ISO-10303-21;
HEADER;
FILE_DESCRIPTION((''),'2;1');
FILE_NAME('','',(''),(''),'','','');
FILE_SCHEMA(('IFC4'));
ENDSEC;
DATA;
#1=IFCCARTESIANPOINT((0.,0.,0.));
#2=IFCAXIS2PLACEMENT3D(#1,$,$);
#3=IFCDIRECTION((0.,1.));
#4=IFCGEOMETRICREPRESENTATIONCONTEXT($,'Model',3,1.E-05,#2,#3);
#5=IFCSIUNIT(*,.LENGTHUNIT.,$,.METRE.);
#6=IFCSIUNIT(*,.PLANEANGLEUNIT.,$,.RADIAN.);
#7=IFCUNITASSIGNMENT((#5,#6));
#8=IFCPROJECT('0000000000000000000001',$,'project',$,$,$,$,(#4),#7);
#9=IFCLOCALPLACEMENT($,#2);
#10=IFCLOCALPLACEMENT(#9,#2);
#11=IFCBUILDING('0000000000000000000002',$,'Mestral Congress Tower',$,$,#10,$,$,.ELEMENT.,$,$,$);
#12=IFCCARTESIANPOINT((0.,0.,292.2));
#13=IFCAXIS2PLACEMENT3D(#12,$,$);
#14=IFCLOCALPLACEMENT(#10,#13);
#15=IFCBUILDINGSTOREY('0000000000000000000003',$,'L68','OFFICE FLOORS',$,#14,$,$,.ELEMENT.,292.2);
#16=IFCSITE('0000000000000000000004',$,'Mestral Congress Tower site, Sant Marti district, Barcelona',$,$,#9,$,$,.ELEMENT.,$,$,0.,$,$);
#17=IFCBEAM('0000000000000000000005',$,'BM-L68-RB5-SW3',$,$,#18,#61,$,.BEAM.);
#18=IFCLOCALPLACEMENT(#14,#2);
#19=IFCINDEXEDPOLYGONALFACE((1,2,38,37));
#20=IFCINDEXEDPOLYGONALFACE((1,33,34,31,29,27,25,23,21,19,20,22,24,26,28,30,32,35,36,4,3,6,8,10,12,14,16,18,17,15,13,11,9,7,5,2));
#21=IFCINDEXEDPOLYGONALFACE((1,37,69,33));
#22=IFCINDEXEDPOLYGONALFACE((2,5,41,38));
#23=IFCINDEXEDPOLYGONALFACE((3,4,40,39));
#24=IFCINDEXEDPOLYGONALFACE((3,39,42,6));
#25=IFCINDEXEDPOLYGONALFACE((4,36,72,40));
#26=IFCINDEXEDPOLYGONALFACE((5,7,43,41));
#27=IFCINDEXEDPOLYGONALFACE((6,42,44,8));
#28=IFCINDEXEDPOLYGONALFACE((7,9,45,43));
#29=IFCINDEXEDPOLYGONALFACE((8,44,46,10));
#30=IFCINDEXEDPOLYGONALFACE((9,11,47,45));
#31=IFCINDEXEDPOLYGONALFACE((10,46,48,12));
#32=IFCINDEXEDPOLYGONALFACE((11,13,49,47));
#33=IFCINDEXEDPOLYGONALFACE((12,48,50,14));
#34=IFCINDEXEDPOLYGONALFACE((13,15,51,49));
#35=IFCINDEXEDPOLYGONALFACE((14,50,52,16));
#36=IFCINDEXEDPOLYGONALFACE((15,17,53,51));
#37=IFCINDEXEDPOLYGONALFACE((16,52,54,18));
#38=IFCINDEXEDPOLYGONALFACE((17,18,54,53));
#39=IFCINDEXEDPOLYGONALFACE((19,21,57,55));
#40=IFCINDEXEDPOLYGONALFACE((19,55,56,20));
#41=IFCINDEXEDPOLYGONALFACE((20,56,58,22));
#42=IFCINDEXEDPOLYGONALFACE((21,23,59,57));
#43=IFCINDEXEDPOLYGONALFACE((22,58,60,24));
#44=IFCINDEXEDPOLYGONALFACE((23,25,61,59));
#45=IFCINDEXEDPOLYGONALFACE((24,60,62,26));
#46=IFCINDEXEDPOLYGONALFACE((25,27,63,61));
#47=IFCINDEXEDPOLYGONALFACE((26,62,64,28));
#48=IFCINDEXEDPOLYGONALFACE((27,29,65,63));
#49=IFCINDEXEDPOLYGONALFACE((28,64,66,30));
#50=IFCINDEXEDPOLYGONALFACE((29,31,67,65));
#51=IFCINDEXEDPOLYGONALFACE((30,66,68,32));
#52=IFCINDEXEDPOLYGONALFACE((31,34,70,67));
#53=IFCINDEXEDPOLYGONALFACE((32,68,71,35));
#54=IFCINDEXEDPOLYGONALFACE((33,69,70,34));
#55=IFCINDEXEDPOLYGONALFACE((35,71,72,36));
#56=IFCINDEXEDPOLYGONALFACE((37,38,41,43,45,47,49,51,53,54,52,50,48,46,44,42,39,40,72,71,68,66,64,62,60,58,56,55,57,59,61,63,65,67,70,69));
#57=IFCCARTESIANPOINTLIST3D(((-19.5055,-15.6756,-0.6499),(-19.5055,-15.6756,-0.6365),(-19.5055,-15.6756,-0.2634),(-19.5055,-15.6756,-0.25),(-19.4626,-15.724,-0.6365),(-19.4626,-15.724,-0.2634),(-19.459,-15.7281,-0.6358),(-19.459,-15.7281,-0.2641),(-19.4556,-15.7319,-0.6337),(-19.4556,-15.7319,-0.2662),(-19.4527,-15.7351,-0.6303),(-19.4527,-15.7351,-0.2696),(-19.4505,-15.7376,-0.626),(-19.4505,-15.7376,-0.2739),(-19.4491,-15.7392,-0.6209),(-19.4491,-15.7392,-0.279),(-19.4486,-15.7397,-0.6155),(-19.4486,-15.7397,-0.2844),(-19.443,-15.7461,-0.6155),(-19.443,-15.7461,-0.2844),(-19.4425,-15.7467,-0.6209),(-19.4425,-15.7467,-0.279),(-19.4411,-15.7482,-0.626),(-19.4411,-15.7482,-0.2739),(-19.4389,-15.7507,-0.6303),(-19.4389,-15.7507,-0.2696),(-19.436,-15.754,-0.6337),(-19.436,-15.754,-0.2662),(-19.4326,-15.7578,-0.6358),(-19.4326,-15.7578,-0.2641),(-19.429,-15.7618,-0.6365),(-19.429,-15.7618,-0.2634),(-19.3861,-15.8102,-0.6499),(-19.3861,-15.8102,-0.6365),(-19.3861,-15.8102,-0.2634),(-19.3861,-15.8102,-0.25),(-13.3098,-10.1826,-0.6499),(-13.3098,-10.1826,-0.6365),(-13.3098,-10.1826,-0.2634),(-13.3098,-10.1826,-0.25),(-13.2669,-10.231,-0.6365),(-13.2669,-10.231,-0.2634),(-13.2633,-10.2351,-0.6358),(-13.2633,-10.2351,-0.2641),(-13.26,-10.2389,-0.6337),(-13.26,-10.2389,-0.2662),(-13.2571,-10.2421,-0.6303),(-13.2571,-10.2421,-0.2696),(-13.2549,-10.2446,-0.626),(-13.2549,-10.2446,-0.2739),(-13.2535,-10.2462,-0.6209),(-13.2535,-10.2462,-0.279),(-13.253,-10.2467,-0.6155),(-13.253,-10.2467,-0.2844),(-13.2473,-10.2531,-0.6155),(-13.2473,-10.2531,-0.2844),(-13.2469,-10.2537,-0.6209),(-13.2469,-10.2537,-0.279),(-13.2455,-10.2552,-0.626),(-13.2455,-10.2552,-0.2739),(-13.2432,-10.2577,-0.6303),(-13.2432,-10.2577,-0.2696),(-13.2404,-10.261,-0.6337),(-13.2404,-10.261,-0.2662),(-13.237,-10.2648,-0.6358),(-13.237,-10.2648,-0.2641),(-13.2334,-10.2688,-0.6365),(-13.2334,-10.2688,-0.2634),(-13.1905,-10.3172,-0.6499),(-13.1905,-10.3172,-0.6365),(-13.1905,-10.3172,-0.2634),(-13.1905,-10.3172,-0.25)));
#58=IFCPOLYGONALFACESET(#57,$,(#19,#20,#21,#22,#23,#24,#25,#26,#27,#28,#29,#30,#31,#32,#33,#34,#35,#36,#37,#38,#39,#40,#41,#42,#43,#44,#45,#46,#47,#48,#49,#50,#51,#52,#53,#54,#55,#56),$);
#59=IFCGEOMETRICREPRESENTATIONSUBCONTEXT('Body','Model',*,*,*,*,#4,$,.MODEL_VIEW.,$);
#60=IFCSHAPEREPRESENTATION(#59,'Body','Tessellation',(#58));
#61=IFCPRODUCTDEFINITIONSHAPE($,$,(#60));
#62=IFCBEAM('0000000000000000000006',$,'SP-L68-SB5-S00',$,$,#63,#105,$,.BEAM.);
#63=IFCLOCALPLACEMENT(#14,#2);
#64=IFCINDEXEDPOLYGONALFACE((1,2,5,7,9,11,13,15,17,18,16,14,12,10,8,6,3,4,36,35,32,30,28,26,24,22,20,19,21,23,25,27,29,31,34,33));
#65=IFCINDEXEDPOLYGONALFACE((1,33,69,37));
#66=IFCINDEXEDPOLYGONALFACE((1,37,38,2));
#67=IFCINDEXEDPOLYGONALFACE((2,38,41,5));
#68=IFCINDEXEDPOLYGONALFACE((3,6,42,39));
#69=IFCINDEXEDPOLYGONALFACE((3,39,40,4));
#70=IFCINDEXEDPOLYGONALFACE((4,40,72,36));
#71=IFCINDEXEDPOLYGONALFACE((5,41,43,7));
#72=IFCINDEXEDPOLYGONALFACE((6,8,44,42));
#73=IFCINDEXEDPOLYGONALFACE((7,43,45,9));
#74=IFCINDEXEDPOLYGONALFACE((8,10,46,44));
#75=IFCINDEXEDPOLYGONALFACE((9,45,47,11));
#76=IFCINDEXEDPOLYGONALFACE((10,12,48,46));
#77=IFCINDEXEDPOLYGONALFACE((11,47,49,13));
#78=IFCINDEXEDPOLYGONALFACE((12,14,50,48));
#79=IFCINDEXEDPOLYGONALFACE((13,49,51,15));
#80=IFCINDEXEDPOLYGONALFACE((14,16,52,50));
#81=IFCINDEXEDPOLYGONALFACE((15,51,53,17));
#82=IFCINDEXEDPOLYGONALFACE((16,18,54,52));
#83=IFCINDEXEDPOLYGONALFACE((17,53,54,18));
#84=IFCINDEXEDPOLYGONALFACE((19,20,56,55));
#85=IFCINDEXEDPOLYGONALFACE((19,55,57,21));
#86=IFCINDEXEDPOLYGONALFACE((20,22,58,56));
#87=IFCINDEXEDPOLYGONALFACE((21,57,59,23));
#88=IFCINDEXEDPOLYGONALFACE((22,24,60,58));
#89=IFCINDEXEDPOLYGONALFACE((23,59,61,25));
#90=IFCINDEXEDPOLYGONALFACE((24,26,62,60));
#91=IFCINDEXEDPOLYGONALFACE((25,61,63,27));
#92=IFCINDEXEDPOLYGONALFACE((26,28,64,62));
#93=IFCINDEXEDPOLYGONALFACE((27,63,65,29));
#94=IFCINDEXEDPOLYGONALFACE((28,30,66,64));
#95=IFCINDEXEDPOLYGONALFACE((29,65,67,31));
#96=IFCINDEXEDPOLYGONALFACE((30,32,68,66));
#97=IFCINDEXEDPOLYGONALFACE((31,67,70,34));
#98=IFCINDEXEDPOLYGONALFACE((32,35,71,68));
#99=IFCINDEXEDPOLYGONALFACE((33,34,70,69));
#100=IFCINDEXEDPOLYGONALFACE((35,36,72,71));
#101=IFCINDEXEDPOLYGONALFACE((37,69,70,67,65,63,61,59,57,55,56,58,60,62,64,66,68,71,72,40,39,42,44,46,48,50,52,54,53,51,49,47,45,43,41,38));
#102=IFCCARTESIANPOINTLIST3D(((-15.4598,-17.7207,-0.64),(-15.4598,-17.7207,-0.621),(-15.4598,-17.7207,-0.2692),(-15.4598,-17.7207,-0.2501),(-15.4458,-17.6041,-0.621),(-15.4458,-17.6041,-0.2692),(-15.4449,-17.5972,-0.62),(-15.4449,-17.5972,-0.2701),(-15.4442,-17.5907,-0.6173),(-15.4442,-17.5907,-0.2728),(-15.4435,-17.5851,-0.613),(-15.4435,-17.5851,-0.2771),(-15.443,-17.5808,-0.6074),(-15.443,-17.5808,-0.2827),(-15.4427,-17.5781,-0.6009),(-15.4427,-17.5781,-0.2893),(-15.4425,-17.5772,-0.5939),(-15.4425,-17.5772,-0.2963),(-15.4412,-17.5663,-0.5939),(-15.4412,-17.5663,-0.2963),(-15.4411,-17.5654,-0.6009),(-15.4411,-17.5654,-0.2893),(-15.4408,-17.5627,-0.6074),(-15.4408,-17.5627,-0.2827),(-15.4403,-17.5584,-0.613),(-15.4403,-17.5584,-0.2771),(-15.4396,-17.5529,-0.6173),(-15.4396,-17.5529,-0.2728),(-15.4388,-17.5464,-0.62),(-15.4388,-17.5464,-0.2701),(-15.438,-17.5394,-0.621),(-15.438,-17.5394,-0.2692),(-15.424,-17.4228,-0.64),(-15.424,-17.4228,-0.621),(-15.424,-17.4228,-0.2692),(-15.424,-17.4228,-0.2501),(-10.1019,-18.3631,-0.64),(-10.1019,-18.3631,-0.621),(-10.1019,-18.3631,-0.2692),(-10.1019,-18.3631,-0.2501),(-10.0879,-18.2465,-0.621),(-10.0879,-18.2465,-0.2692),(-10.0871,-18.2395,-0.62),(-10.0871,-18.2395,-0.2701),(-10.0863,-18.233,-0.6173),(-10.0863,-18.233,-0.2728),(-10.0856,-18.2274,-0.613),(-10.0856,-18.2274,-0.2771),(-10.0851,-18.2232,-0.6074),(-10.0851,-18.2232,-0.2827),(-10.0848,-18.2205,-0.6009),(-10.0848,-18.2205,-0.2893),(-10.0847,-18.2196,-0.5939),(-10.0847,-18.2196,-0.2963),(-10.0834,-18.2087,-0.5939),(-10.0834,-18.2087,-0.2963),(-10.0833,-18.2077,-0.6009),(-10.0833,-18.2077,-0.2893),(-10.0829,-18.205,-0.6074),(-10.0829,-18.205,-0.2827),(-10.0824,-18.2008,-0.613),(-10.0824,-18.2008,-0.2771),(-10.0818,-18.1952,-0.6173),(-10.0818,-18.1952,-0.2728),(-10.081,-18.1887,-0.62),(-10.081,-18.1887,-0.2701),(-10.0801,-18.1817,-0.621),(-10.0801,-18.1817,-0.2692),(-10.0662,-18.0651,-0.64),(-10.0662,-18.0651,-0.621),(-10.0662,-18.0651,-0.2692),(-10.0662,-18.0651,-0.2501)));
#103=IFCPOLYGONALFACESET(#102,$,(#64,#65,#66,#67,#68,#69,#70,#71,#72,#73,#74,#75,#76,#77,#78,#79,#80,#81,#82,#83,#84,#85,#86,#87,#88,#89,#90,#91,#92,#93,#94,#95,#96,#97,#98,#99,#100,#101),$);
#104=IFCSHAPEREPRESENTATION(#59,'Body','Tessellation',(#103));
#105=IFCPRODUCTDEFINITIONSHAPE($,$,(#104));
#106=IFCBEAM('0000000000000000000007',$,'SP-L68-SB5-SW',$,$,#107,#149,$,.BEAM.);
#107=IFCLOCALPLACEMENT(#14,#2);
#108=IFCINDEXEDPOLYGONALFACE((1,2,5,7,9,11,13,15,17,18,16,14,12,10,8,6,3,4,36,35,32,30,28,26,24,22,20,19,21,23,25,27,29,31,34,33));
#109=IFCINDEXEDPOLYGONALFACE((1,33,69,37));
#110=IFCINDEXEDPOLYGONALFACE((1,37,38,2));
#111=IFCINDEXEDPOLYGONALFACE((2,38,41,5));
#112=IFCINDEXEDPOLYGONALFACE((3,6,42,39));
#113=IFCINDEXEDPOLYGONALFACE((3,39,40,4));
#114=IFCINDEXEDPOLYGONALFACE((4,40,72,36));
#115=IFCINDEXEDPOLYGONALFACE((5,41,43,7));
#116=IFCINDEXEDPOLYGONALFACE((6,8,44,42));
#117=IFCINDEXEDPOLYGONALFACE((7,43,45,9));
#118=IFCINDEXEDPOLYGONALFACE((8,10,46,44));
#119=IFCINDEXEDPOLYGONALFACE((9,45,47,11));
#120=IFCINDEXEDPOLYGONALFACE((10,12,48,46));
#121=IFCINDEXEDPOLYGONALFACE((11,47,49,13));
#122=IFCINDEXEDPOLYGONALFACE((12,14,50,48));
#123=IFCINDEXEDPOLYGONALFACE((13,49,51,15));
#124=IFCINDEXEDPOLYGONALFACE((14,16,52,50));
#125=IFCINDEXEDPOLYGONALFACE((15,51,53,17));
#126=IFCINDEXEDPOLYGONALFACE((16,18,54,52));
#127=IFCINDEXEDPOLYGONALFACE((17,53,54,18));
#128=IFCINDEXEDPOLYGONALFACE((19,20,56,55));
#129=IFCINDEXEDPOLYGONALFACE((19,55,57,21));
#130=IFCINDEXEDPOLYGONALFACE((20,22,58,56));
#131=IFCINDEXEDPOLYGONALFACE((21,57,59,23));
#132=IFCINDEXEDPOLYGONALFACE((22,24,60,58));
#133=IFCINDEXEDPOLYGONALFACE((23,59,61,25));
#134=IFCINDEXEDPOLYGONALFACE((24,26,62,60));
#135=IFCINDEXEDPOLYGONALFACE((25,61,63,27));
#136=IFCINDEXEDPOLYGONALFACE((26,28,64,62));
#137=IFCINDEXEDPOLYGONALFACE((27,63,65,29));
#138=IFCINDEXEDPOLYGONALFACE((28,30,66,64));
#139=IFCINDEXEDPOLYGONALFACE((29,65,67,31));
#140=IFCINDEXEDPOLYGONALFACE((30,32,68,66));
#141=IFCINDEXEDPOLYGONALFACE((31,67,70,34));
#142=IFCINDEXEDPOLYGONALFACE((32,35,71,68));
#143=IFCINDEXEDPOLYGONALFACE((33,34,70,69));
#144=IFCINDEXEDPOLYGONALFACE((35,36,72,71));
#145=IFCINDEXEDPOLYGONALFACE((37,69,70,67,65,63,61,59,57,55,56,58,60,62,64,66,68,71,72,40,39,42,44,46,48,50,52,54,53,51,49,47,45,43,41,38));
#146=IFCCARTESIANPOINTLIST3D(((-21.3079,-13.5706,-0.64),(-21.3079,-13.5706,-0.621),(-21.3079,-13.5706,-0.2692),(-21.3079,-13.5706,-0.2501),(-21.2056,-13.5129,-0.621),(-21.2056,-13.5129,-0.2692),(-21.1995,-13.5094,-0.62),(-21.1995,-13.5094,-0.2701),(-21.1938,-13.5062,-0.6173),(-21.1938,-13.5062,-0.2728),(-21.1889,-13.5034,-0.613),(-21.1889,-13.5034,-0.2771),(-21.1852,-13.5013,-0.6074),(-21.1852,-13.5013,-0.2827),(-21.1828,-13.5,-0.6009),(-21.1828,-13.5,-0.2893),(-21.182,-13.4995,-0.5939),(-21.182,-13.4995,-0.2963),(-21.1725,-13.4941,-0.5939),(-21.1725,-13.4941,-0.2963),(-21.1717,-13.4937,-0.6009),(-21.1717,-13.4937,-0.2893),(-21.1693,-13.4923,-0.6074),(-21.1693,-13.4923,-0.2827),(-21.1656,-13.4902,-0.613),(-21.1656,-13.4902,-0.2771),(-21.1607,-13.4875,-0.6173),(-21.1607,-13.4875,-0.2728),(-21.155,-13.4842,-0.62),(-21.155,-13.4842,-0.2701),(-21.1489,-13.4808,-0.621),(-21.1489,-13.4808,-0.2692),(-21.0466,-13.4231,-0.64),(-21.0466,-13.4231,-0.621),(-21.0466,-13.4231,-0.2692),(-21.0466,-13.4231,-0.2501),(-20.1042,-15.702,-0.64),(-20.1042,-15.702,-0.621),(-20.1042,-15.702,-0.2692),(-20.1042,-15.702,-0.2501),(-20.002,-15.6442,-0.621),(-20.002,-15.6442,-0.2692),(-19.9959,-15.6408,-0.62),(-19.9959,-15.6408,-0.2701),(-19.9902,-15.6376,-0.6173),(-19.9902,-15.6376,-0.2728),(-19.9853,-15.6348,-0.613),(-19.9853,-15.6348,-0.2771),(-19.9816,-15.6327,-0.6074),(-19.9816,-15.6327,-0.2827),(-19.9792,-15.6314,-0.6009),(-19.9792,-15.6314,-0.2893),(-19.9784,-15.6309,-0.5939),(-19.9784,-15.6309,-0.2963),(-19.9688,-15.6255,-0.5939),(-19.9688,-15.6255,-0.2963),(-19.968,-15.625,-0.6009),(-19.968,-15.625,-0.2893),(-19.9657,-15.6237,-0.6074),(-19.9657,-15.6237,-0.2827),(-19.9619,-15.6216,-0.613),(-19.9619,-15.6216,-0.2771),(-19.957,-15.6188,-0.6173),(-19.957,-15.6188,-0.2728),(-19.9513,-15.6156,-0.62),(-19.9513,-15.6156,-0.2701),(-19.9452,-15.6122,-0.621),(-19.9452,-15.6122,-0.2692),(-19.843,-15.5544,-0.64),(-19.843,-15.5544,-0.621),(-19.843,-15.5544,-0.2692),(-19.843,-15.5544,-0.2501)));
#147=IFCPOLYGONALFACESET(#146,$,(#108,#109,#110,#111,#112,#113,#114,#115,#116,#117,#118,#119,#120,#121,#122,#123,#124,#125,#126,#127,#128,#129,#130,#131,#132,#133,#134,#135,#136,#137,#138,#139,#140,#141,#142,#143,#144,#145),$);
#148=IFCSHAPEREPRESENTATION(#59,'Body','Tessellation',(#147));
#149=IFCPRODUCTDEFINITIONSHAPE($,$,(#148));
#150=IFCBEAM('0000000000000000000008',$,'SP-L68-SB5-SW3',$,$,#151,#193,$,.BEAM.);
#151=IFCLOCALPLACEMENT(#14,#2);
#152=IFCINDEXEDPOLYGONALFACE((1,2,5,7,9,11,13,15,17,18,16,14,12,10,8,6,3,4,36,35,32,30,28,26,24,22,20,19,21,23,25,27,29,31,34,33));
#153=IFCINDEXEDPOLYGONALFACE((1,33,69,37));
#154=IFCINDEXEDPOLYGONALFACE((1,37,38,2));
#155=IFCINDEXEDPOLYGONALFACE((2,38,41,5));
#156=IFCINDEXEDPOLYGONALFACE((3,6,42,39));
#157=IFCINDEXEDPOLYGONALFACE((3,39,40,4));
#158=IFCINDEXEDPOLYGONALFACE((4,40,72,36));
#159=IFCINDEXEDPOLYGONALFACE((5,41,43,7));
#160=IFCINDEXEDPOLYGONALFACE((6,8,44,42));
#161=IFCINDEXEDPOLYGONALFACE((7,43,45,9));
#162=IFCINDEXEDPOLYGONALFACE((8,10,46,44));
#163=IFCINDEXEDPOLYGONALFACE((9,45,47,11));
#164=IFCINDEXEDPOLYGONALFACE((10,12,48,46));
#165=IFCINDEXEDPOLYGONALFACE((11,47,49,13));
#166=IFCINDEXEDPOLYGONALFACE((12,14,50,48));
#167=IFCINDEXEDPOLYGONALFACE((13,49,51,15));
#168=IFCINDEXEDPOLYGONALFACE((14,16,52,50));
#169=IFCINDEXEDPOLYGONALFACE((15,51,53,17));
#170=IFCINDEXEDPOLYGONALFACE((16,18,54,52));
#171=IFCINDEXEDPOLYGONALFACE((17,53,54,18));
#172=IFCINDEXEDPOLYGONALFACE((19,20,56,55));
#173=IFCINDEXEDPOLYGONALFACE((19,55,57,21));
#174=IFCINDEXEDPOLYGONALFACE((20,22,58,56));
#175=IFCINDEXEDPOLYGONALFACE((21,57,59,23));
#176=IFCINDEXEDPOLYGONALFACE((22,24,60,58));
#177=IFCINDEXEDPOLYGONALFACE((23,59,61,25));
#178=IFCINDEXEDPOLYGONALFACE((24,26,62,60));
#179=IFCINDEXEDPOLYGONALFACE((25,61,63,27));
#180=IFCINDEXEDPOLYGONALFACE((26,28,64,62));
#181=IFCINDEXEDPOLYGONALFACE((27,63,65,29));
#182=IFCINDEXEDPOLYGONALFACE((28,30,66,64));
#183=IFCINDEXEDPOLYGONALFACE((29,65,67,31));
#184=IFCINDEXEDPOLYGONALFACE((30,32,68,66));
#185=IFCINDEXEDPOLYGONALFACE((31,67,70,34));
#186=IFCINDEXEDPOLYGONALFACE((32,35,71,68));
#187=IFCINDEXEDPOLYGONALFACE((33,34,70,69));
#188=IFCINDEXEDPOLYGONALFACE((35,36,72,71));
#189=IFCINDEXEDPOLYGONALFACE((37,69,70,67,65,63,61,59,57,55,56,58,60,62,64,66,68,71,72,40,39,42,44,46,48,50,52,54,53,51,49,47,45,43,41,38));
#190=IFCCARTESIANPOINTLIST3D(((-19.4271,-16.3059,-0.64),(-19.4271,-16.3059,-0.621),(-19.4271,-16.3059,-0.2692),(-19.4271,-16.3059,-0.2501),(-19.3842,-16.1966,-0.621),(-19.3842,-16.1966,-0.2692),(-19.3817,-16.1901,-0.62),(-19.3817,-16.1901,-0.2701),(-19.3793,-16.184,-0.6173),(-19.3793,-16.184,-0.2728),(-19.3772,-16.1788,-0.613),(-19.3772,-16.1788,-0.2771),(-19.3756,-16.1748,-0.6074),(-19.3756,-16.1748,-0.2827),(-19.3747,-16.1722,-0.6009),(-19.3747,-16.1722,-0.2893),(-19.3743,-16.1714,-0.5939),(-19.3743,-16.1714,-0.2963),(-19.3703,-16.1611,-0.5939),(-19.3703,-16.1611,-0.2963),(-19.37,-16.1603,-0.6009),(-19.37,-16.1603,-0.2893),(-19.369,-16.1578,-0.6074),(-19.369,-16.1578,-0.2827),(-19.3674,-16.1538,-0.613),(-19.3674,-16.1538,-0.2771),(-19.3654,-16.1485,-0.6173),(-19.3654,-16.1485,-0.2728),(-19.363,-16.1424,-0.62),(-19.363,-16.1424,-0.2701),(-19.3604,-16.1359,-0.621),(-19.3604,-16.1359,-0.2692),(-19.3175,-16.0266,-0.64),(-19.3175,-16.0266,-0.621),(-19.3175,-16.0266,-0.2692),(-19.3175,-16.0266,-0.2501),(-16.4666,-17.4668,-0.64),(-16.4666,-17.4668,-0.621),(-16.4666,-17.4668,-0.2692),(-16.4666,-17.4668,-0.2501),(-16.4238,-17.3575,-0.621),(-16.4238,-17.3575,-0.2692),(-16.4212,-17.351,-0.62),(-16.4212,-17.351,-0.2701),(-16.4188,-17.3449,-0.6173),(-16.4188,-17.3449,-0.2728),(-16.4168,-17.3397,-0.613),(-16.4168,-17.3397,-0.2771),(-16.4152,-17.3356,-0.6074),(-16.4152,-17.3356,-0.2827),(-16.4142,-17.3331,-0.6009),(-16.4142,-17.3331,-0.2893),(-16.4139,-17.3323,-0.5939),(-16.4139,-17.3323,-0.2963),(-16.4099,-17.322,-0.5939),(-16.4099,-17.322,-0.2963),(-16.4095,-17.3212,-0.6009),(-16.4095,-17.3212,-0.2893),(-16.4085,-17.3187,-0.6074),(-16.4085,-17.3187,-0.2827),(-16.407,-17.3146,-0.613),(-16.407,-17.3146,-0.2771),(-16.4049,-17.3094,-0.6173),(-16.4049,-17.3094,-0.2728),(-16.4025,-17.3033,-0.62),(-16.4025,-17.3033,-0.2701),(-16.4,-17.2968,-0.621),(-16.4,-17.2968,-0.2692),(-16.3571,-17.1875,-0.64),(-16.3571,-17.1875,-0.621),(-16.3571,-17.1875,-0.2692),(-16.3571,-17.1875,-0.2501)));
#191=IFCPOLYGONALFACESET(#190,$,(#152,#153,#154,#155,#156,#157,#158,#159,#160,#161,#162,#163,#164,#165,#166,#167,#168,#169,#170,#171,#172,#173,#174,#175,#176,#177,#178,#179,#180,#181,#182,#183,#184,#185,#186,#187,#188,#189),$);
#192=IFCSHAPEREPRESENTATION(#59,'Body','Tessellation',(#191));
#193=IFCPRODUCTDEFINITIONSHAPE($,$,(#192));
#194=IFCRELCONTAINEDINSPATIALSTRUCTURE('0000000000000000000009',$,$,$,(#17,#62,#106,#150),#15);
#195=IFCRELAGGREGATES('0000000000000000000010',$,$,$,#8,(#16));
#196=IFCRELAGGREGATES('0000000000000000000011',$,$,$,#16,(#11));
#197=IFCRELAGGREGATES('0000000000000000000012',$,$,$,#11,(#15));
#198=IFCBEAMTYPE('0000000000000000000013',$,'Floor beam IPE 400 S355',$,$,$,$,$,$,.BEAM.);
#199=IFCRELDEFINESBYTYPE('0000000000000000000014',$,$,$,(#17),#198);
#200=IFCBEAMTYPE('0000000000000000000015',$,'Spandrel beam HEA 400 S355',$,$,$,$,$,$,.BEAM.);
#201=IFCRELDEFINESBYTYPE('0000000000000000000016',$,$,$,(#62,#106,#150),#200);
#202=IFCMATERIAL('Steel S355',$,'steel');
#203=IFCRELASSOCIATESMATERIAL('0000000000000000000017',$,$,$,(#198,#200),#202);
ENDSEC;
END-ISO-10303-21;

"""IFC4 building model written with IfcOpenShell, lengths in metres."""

from ifc_helpers import new_model, si_unit, direction, frame, origin, origin_2d, place, context, subcontext, project, spatial, i_section, extrude, material, material_profile, profile_set, type_object, element, save


model = new_model("IFC4")

# Units and contexts
model_context = context("Model", 3, precision=1e-05, world=origin(), true_north=direction((0.0, 1.0)))
body_context = subcontext(model_context, "Body", "Model", "MODEL_VIEW")
ifc_project = project(units=[si_unit("LENGTHUNIT", "METRE"), si_unit("PLANEANGLEUNIT", "RADIAN")], contexts=[model_context])

# Site, building, storey
site_placement = place(None, origin())
site = spatial("IfcSite", under=ifc_project, at=site_placement, Name="Mestral Congress Tower site, Sant Marti district, Barcelona", CompositionType="ELEMENT", RefElevation=0.0)
building_placement = place(site_placement, origin())
building = spatial("IfcBuilding", under=site, at=building_placement, Name="Mestral Congress Tower", CompositionType="ELEMENT")
storey_placement = place(building_placement, frame((0.0, 0.0, 292.2)))
storey = spatial("IfcBuildingStorey", under=building, at=storey_placement, Name="L68", Description="OFFICE FLOORS", CompositionType="ELEMENT", Elevation=292.2)

# Beams
ifc_material_1 = material(Name="Steel S355", Category="steel")
ifc_material_profile_1 = material_profile(ifc_material_1, i_section(OverallWidth=0.1799, OverallDepth=0.3999, WebThickness=0.0085, FlangeThickness=0.0134, FilletRadius=0.021, at=origin_2d()), Name="IPE 400")
ifc_profile_set_1 = profile_set([ifc_material_profile_1], Name="Steel S355")
beam_type_1 = type_object("IfcBeamType", Name="Floor beam IPE 400 S355", PredefinedType="BEAM", material=ifc_profile_set_1)
beam_1_placement = place(storey_placement, frame((-19.4458, -15.7429, -0.45), z_axis=(0.748263, 0.663402, 0.0), x_axis=(-0.663402, 0.748263, 0.0)))
element("IfcBeam", 1, at=beam_1_placement, inside=storey, type_object=beam_type_1, Name="BM-L68-RB5-SW3", PredefinedType="BEAM", context=body_context, shape_type="SweptSolid", body=[
    extrude(i_section(OverallWidth=0.1799, OverallDepth=0.3999, WebThickness=0.0085, FlangeThickness=0.0134, FilletRadius=0.021, at=origin_2d()), origin(), (0.0, 0.0, 1.0), 8.28),
])
ifc_material_profile_2 = material_profile(ifc_material_1, i_section(OverallWidth=0.3, OverallDepth=0.3899, WebThickness=0.011, FlangeThickness=0.019, FilletRadius=0.0271, at=origin_2d()), Name="HEA 400")
ifc_profile_set_2 = profile_set([ifc_material_profile_2], Name="Steel S355")
beam_type_2 = type_object("IfcBeamType", Name="Spandrel beam HEA 400 S355", PredefinedType="BEAM", material=ifc_profile_set_2)
beam_2_placement = place(storey_placement, frame((-15.4419, -17.5718, -0.4451), z_axis=(0.99289, -0.119033, 0.0), x_axis=(0.119033, 0.99289, 0.0)))
element("IfcBeam", 2, at=beam_2_placement, inside=storey, type_object=beam_type_2, Name="SP-L68-SB5-S00", PredefinedType="BEAM", context=body_context, shape_type="SweptSolid", body=[
    extrude(i_section(OverallWidth=0.3, OverallDepth=0.3899, WebThickness=0.011, FlangeThickness=0.019, FilletRadius=0.0271, at=origin_2d()), origin(), (0.0, 0.0, 1.0), 5.3962),
])
beam_3_placement = place(storey_placement, frame((-21.1772, -13.4968, -0.4451), z_axis=(0.491729, -0.870749, 0.0), x_axis=(0.870749, 0.491729, 0.0)))
element("IfcBeam", 3, at=beam_3_placement, inside=storey, type_object=beam_type_2, Name="SP-L68-SB5-SW", PredefinedType="BEAM", context=body_context, shape_type="SweptSolid", body=[
    extrude(i_section(OverallWidth=0.3, OverallDepth=0.3899, WebThickness=0.011, FlangeThickness=0.019, FilletRadius=0.0271, at=origin_2d()), origin(), (0.0, 0.0, 1.0), 2.4478),
])
beam_4_placement = place(storey_placement, frame((-19.3723, -16.1663, -0.4451), z_axis=(0.930981, -0.365068, 0.0), x_axis=(0.365068, 0.930981, 0.0)))
element("IfcBeam", 4, at=beam_4_placement, inside=storey, type_object=beam_type_2, Name="SP-L68-SB5-SW3", PredefinedType="BEAM", context=body_context, shape_type="SweptSolid", body=[
    extrude(i_section(OverallWidth=0.3, OverallDepth=0.3899, WebThickness=0.011, FlangeThickness=0.019, FilletRadius=0.0271, at=origin_2d()), origin(), (0.0, 0.0, 1.0), 3.1799),
])

save(model, "model.ifc")
